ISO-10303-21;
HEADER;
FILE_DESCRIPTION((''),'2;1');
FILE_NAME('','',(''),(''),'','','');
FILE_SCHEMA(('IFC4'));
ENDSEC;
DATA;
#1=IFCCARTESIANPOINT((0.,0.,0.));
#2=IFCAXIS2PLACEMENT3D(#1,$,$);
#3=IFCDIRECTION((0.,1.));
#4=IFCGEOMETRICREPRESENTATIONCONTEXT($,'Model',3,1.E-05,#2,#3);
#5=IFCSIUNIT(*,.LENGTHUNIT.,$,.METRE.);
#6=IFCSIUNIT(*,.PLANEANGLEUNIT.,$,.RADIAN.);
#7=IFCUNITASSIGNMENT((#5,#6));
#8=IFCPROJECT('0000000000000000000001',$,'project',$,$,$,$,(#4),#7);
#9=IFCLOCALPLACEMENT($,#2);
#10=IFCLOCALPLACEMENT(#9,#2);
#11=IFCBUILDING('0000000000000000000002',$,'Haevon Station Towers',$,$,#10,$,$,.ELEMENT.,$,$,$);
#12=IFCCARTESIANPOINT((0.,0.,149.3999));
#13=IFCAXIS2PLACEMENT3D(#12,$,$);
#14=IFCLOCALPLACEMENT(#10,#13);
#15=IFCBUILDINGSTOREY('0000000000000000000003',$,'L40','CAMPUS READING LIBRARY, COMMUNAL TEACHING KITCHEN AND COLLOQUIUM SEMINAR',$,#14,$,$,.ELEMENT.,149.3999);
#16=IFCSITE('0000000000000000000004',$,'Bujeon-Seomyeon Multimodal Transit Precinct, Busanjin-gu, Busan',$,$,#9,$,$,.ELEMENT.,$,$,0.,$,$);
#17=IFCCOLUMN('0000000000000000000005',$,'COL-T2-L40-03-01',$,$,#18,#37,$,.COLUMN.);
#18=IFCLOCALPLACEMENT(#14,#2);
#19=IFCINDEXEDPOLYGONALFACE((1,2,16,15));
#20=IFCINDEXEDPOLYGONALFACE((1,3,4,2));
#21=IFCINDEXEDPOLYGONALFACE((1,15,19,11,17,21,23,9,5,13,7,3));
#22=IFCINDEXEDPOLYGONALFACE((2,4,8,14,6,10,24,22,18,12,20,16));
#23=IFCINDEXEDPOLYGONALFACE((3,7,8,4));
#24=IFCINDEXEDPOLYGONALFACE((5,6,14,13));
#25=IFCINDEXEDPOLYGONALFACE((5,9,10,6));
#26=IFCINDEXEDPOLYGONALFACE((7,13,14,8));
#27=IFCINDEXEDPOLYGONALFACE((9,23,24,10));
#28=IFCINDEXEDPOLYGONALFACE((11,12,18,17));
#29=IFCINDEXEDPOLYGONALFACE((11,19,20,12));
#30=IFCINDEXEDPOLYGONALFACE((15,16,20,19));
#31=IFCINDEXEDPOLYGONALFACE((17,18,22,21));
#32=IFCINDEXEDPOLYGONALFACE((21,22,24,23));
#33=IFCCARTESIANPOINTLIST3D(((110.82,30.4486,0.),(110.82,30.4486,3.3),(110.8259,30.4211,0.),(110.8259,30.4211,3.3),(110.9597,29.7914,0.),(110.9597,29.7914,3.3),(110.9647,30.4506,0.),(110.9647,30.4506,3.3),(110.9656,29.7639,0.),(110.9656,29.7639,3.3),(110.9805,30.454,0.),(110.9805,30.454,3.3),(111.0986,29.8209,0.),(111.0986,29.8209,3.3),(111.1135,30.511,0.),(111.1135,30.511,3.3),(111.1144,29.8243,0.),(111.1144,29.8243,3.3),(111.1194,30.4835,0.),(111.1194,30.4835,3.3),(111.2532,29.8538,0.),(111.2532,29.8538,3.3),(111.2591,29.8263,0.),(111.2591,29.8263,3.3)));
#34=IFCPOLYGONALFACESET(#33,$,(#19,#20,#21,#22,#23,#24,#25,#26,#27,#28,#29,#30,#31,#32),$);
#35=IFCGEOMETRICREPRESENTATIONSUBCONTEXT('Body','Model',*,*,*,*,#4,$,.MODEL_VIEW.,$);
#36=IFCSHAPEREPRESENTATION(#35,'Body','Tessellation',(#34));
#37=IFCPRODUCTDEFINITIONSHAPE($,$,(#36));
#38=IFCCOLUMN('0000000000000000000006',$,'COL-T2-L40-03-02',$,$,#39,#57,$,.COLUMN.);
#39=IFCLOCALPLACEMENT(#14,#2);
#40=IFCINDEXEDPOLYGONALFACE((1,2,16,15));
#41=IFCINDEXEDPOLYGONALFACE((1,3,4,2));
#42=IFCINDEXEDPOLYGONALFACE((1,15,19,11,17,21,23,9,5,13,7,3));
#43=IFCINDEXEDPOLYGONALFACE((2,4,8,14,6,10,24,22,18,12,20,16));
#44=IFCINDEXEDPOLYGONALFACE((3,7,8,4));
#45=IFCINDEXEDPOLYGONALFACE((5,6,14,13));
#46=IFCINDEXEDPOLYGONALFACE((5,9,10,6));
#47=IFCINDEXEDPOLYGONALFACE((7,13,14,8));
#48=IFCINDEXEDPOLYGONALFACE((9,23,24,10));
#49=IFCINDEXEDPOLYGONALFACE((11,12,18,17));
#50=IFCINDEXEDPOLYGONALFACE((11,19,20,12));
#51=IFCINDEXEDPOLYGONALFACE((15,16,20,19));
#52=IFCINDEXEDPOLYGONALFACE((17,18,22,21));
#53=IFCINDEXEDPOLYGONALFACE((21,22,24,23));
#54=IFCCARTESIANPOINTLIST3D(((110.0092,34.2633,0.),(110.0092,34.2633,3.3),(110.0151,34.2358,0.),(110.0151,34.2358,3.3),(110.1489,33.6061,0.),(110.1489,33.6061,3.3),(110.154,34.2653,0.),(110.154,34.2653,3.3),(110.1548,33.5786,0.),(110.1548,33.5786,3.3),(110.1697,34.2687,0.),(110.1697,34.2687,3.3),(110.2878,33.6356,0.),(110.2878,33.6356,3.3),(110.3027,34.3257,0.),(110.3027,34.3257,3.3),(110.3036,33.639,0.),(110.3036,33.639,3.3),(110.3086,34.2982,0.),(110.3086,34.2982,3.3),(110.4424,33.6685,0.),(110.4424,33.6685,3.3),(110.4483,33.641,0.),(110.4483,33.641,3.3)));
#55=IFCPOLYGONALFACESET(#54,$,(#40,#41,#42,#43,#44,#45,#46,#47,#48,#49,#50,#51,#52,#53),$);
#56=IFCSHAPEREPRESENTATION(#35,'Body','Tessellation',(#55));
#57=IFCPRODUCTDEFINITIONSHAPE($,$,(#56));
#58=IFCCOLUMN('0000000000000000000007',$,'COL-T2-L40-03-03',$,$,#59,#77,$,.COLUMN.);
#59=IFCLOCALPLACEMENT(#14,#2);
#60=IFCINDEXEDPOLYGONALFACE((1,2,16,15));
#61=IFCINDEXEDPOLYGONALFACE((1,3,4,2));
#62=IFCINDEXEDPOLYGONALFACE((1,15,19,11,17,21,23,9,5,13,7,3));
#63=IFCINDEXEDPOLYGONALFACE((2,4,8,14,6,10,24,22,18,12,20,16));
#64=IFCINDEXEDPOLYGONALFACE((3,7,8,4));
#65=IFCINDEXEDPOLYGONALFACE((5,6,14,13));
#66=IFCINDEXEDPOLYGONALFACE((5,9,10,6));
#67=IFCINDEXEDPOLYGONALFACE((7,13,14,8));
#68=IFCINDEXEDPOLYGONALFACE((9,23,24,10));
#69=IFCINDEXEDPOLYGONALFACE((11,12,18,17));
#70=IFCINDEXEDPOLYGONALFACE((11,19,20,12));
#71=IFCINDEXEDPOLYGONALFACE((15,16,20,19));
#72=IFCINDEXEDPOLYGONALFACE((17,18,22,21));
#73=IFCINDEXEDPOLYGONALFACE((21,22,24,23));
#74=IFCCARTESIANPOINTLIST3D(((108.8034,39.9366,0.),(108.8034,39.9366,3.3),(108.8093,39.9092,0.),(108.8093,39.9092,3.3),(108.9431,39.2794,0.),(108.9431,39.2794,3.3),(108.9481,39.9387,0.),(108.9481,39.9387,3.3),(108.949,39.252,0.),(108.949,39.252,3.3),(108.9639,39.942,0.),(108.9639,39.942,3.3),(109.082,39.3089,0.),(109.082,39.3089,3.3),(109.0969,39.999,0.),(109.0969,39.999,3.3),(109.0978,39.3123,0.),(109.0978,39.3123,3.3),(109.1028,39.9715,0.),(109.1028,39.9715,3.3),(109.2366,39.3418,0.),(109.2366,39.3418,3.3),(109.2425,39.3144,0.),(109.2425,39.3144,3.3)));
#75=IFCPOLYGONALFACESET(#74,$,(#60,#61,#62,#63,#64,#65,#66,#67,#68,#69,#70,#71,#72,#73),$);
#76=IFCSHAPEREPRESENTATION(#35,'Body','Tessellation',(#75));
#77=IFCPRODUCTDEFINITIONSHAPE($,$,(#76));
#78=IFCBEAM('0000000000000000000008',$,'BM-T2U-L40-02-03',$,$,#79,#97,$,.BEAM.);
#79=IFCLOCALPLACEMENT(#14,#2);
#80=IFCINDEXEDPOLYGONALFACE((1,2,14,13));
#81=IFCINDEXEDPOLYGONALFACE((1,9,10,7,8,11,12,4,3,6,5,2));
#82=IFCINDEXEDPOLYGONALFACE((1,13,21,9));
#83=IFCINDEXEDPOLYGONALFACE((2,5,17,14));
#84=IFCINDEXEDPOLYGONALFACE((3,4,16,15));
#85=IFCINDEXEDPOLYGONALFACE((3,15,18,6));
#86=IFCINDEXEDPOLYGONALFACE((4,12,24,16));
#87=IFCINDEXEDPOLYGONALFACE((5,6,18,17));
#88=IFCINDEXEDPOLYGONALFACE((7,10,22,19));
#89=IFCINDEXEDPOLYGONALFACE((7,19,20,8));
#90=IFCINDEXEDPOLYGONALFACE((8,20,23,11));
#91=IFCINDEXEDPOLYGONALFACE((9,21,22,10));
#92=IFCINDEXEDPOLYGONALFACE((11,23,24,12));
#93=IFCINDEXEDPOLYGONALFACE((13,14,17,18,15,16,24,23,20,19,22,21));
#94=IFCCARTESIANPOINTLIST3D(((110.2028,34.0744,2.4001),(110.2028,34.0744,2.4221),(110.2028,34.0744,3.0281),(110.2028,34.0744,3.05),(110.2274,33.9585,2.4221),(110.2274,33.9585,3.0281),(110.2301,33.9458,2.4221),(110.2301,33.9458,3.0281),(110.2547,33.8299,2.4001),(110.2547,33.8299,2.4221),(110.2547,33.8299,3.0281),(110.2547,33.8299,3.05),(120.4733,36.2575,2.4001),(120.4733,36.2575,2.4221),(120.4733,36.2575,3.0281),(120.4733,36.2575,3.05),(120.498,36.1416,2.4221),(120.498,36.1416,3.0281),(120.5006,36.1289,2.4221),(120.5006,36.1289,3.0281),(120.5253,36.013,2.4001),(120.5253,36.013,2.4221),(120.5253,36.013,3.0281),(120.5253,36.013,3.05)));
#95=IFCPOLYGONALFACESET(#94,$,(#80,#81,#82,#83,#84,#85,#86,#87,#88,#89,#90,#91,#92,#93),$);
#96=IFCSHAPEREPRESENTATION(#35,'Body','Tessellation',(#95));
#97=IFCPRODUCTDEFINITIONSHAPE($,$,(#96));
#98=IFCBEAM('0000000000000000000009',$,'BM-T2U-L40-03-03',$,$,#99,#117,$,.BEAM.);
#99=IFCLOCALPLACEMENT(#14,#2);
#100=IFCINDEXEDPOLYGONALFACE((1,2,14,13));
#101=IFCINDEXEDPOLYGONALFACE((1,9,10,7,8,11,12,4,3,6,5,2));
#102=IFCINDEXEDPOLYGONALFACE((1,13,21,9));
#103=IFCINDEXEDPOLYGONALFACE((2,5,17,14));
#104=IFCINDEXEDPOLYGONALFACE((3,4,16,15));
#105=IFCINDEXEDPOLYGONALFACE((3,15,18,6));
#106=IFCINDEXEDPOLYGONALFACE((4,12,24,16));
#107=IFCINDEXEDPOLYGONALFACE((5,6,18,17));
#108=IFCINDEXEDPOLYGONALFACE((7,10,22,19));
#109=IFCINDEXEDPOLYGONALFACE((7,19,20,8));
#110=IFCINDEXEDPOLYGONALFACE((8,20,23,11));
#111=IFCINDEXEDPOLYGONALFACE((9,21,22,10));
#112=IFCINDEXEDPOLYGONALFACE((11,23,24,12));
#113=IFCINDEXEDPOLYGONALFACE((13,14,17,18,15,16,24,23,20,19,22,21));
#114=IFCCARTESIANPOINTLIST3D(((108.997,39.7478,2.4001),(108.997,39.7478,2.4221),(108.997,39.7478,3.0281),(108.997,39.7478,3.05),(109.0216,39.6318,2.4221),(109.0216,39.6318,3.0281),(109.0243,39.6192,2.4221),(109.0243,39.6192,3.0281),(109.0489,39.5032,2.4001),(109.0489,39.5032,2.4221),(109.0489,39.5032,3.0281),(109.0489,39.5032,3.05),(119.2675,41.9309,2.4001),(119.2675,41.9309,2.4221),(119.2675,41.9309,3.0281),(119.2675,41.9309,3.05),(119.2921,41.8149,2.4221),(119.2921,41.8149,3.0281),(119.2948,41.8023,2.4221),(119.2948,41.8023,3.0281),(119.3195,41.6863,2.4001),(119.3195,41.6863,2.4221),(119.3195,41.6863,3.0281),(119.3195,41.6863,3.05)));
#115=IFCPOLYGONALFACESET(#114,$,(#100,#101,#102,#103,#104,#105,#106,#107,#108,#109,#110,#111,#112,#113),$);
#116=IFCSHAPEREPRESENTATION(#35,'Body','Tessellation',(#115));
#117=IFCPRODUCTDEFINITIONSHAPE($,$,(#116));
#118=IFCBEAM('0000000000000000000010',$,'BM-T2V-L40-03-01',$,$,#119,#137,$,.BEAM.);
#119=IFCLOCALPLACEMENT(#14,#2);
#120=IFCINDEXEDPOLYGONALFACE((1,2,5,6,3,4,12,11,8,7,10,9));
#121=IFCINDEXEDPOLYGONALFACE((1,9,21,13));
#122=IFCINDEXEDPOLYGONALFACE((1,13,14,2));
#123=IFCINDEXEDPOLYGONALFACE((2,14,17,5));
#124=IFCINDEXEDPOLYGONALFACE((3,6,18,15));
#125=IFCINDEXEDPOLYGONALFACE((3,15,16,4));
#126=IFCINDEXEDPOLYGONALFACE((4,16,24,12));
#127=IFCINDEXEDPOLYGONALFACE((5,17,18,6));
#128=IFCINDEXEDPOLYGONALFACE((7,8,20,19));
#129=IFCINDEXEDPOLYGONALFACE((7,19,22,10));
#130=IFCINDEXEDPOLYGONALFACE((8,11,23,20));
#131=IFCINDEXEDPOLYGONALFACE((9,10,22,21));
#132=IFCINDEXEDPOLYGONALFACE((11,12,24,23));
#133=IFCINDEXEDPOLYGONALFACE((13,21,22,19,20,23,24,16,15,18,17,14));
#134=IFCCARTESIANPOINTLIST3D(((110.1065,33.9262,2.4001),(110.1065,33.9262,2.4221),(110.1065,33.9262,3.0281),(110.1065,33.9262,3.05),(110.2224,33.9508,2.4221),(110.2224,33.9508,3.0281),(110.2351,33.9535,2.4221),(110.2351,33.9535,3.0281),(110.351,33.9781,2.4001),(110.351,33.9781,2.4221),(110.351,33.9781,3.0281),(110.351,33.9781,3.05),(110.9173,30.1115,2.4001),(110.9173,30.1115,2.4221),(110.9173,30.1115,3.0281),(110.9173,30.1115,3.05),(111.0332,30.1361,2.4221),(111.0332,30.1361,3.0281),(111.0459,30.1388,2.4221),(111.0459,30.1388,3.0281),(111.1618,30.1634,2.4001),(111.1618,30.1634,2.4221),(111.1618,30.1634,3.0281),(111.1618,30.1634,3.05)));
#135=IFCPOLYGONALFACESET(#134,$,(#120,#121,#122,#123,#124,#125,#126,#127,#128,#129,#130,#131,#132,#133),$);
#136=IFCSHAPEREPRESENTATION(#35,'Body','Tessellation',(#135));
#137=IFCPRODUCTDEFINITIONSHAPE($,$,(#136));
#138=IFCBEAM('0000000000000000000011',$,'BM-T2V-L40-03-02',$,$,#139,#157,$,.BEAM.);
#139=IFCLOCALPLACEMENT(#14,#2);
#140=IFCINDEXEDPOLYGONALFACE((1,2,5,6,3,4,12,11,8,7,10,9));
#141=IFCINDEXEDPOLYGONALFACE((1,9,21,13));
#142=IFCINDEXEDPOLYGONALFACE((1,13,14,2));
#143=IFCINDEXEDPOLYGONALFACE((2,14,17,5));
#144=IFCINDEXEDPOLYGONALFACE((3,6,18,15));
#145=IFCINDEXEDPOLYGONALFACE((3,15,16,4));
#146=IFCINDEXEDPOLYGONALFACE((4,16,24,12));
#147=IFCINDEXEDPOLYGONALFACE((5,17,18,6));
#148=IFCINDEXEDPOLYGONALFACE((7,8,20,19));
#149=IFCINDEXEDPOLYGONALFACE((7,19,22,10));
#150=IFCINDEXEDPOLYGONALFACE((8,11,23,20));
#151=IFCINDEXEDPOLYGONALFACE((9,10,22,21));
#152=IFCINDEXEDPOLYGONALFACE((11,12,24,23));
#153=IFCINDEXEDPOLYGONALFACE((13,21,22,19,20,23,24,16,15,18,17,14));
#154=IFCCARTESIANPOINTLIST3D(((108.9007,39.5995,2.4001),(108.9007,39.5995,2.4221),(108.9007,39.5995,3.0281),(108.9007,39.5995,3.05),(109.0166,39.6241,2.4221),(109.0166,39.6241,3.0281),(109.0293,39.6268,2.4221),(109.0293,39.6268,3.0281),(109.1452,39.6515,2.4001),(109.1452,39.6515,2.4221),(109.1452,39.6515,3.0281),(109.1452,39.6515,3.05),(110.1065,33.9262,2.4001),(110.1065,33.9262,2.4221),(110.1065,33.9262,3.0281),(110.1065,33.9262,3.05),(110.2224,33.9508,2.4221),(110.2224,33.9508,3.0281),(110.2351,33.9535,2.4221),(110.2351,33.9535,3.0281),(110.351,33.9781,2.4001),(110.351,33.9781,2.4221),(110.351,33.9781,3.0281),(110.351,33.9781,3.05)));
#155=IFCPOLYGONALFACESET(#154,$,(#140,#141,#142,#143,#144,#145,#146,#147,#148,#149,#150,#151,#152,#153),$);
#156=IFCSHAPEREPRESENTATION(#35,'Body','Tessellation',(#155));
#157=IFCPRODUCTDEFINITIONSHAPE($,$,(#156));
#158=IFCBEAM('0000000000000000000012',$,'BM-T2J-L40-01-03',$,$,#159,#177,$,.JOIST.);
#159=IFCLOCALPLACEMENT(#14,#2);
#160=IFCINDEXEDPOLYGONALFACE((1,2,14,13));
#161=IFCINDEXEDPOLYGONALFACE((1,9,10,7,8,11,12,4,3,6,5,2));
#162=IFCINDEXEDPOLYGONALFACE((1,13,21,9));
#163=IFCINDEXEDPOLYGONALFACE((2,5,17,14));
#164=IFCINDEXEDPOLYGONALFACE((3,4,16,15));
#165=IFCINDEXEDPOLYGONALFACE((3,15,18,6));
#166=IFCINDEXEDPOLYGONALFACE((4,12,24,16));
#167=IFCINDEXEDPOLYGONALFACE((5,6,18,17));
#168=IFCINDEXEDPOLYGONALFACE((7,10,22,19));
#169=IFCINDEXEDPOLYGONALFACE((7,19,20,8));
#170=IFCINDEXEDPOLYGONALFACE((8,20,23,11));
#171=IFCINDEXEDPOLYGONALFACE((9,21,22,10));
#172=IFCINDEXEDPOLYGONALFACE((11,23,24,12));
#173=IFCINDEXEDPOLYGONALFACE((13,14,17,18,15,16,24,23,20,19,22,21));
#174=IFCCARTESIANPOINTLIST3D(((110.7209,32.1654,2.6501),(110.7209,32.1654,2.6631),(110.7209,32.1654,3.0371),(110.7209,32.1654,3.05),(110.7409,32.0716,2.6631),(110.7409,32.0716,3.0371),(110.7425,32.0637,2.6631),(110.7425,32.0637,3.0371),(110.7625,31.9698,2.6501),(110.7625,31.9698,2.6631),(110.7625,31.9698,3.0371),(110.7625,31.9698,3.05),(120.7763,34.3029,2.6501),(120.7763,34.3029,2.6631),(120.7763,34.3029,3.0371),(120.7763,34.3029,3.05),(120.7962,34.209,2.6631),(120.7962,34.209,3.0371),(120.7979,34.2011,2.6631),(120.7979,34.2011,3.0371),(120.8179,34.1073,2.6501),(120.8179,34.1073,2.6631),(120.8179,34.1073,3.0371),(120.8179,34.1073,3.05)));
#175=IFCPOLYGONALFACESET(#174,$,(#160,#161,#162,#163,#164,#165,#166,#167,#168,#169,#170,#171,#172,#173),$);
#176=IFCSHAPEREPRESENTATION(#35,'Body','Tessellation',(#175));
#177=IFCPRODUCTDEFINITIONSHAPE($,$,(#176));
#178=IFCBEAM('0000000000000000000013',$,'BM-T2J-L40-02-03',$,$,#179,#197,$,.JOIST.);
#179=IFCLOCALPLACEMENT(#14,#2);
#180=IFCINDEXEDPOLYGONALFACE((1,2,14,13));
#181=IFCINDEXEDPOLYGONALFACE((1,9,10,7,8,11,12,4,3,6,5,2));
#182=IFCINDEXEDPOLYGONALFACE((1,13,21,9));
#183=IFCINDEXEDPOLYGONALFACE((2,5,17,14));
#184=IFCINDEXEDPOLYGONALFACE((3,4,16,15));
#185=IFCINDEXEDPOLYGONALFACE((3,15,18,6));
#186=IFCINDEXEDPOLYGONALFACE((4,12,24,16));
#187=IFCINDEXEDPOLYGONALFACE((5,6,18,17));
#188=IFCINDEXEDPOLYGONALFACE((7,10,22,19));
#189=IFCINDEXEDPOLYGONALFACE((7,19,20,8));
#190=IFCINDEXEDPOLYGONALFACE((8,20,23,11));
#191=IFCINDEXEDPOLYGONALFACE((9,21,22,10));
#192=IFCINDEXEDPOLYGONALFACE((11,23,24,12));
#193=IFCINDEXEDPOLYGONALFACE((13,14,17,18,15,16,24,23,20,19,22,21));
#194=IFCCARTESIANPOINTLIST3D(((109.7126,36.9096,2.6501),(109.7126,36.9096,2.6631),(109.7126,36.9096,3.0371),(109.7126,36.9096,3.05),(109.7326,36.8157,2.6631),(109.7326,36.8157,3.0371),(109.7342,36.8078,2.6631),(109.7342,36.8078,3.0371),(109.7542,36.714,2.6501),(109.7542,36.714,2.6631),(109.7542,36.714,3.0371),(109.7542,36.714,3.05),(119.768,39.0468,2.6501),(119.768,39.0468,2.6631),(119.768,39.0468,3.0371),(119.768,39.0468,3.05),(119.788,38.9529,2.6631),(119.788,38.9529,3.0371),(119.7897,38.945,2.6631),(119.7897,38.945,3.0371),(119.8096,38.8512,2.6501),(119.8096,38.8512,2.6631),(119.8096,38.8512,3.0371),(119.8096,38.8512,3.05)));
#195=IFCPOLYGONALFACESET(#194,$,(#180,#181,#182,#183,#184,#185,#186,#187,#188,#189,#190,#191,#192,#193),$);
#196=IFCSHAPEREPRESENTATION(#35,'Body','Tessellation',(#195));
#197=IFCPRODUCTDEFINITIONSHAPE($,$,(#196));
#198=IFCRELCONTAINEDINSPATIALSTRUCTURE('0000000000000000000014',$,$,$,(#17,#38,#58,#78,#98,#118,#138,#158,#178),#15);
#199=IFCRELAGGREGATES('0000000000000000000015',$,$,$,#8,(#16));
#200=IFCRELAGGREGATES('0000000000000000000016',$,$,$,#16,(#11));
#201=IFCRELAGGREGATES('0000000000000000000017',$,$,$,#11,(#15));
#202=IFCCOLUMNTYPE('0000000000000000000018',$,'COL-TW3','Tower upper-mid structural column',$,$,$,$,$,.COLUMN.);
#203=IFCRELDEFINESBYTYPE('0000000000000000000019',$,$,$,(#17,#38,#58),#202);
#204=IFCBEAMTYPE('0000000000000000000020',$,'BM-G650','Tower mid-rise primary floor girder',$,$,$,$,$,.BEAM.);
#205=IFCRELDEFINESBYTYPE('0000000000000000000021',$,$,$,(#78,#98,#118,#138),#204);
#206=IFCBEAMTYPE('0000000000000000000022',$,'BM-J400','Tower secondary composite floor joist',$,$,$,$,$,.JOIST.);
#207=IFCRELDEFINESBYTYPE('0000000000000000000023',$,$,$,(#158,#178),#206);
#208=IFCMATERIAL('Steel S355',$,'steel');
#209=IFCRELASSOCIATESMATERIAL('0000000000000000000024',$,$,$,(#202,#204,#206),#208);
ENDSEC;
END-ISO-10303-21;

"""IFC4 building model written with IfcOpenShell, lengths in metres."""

from ifc_helpers import new_model, si_unit, direction, frame, origin, origin_2d, place, context, subcontext, project, spatial, i_section, extrude, material, material_profile, profile_set, type_object, element, save


model = new_model("IFC4")

# Units and contexts
model_context = context("Model", 3, precision=1e-05, world=origin(), true_north=direction((0.0, 1.0)))
body_context = subcontext(model_context, "Body", "Model", "MODEL_VIEW")
ifc_project = project(units=[si_unit("LENGTHUNIT", "METRE"), si_unit("PLANEANGLEUNIT", "RADIAN")], contexts=[model_context])

# Site, building, storey
site_placement = place(None, origin())
site = spatial("IfcSite", under=ifc_project, at=site_placement, Name="Bujeon-Seomyeon Multimodal Transit Precinct, Busanjin-gu, Busan", CompositionType="ELEMENT", RefElevation=0.0)
building_placement = place(site_placement, origin())
building = spatial("IfcBuilding", under=site, at=building_placement, Name="Haevon Station Towers", CompositionType="ELEMENT")
storey_placement = place(building_placement, frame((0.0, 0.0, 149.3999)))
storey = spatial("IfcBuildingStorey", under=building, at=storey_placement, Name="L40", Description="CAMPUS READING LIBRARY, COMMUNAL TEACHING KITCHEN AND COLLOQUIUM SEMINAR", CompositionType="ELEMENT", Elevation=149.3999)

# Columns
ifc_material_1 = material(Name="Steel S355", Category="steel")
ifc_material_profile_1 = material_profile(ifc_material_1, i_section(OverallWidth=0.3, OverallDepth=0.7, WebThickness=0.0161, FlangeThickness=0.0281, at=origin_2d()), Name="H-700x300x16x28")
ifc_profile_set_1 = profile_set([ifc_material_profile_1], Name="Steel S355")
column_type = type_object("IfcColumnType", Name="COL-TW3", Description="Tower upper-mid structural column", PredefinedType="COLUMN", material=ifc_profile_set_1)
for number, where, z_axis, x_axis, name in (
    (1, (111.0396, 30.1375, 0.0), (0.0, 0.0, 1.0), (0.978148, 0.207912, 0.0), "COL-T2-L40-03-01"),
    (2, (110.2288, 33.9521, 0.0), (0.0, 0.0, 1.0), (0.978148, 0.207912, 0.0), "COL-T2-L40-03-02"),
    (3, (109.0229, 39.6255, 0.0), (0.0, 0.0, 1.0), (0.978148, 0.207912, 0.0), "COL-T2-L40-03-03"),
):
    element("IfcColumn", number, at=place(storey_placement, frame(where, z_axis=z_axis, x_axis=x_axis)), inside=storey, type_object=column_type, Name=name, PredefinedType="COLUMN", context=body_context, shape_type="SweptSolid", body=[
        extrude(i_section(OverallWidth=0.3, OverallDepth=0.7, WebThickness=0.0161, FlangeThickness=0.0281, at=origin_2d()), origin(), (0.0, 0.0, 1.0), 3.3),
    ])

# Beams
ifc_material_profile_2 = material_profile(ifc_material_1, i_section(OverallWidth=0.25, OverallDepth=0.6499, WebThickness=0.0129, FlangeThickness=0.022, at=origin_2d()), Name="H-650x250x13x22")
ifc_profile_set_2 = profile_set([ifc_material_profile_2], Name="Steel S355")
beam_type_1 = type_object("IfcBeamType", Name="BM-G650", Description="Tower mid-rise primary floor girder", PredefinedType="BEAM", material=ifc_profile_set_2)
for number, where, z_axis, x_axis, name in (
    (4, (110.2288, 33.9521, 2.7251), (0.978147, 0.207915, 0.0), (-0.207915, 0.978147, 0.0), "BM-T2U-L40-02-03"),
    (5, (109.0229, 39.6255, 2.7251), (0.978147, 0.207915, 0.0), (-0.207915, 0.978147, 0.0), "BM-T2U-L40-03-03"),
):
    element("IfcBeam", number, at=place(storey_placement, frame(where, z_axis=z_axis, x_axis=x_axis)), inside=storey, type_object=beam_type_1, Name=name, PredefinedType="BEAM", context=body_context, shape_type="SweptSolid", body=[
        extrude(i_section(OverallWidth=0.25, OverallDepth=0.6499, WebThickness=0.0129, FlangeThickness=0.022, at=origin_2d()), origin(), (0.0, 0.0, 1.0), 10.5),
    ])
beam_1_placement = place(storey_placement, frame((111.0396, 30.1375, 2.7251), z_axis=(-0.2079, 0.97815, 0.0), x_axis=(-0.97815, -0.2079, 0.0)))
element("IfcBeam", 6, at=beam_1_placement, inside=storey, type_object=beam_type_1, Name="BM-T2V-L40-03-01", PredefinedType="BEAM", context=body_context, shape_type="SweptSolid", body=[
    extrude(i_section(OverallWidth=0.25, OverallDepth=0.6499, WebThickness=0.0129, FlangeThickness=0.022, at=origin_2d()), origin(), (0.0, 0.0, 1.0), 3.8999),
])
beam_2_placement = place(storey_placement, frame((110.2288, 33.9521, 2.7251), z_axis=(-0.207896, 0.978151, 0.0), x_axis=(-0.978151, -0.207896, 0.0)))
element("IfcBeam", 7, at=beam_2_placement, inside=storey, type_object=beam_type_1, Name="BM-T2V-L40-03-02", PredefinedType="BEAM", context=body_context, shape_type="SweptSolid", body=[
    extrude(i_section(OverallWidth=0.25, OverallDepth=0.6499, WebThickness=0.0129, FlangeThickness=0.022, at=origin_2d()), origin(), (0.0, 0.0, 1.0), 5.8),
])
ifc_material_profile_3 = material_profile(ifc_material_1, i_section(OverallWidth=0.2, OverallDepth=0.3999, WebThickness=0.0081, FlangeThickness=0.0129, at=origin_2d()), Name="H-400x200x8x13")
ifc_profile_set_3 = profile_set([ifc_material_profile_3], Name="Steel S355")
beam_type_2 = type_object("IfcBeamType", Name="BM-J400", Description="Tower secondary composite floor joist", PredefinedType="JOIST", material=ifc_profile_set_3)
for number, where, z_axis, x_axis, name in (
    (8, (110.7417, 32.0676, 2.8501), (0.978146, 0.207922, 0.0), (-0.207922, 0.978146, 0.0), "BM-T2J-L40-01-03"),
    (9, (109.7334, 36.8118, 2.8501), (0.97815, 0.207899, 0.0), (-0.207899, 0.97815, 0.0), "BM-T2J-L40-02-03"),
):
    element("IfcBeam", number, at=place(storey_placement, frame(where, z_axis=z_axis, x_axis=x_axis)), inside=storey, type_object=beam_type_2, Name=name, PredefinedType="JOIST", context=body_context, shape_type="SweptSolid", body=[
        extrude(i_section(OverallWidth=0.2, OverallDepth=0.3999, WebThickness=0.0081, FlangeThickness=0.0129, at=origin_2d()), origin(), (0.0, 0.0, 1.0), 10.28),
    ])

save(model, "model.ifc")
